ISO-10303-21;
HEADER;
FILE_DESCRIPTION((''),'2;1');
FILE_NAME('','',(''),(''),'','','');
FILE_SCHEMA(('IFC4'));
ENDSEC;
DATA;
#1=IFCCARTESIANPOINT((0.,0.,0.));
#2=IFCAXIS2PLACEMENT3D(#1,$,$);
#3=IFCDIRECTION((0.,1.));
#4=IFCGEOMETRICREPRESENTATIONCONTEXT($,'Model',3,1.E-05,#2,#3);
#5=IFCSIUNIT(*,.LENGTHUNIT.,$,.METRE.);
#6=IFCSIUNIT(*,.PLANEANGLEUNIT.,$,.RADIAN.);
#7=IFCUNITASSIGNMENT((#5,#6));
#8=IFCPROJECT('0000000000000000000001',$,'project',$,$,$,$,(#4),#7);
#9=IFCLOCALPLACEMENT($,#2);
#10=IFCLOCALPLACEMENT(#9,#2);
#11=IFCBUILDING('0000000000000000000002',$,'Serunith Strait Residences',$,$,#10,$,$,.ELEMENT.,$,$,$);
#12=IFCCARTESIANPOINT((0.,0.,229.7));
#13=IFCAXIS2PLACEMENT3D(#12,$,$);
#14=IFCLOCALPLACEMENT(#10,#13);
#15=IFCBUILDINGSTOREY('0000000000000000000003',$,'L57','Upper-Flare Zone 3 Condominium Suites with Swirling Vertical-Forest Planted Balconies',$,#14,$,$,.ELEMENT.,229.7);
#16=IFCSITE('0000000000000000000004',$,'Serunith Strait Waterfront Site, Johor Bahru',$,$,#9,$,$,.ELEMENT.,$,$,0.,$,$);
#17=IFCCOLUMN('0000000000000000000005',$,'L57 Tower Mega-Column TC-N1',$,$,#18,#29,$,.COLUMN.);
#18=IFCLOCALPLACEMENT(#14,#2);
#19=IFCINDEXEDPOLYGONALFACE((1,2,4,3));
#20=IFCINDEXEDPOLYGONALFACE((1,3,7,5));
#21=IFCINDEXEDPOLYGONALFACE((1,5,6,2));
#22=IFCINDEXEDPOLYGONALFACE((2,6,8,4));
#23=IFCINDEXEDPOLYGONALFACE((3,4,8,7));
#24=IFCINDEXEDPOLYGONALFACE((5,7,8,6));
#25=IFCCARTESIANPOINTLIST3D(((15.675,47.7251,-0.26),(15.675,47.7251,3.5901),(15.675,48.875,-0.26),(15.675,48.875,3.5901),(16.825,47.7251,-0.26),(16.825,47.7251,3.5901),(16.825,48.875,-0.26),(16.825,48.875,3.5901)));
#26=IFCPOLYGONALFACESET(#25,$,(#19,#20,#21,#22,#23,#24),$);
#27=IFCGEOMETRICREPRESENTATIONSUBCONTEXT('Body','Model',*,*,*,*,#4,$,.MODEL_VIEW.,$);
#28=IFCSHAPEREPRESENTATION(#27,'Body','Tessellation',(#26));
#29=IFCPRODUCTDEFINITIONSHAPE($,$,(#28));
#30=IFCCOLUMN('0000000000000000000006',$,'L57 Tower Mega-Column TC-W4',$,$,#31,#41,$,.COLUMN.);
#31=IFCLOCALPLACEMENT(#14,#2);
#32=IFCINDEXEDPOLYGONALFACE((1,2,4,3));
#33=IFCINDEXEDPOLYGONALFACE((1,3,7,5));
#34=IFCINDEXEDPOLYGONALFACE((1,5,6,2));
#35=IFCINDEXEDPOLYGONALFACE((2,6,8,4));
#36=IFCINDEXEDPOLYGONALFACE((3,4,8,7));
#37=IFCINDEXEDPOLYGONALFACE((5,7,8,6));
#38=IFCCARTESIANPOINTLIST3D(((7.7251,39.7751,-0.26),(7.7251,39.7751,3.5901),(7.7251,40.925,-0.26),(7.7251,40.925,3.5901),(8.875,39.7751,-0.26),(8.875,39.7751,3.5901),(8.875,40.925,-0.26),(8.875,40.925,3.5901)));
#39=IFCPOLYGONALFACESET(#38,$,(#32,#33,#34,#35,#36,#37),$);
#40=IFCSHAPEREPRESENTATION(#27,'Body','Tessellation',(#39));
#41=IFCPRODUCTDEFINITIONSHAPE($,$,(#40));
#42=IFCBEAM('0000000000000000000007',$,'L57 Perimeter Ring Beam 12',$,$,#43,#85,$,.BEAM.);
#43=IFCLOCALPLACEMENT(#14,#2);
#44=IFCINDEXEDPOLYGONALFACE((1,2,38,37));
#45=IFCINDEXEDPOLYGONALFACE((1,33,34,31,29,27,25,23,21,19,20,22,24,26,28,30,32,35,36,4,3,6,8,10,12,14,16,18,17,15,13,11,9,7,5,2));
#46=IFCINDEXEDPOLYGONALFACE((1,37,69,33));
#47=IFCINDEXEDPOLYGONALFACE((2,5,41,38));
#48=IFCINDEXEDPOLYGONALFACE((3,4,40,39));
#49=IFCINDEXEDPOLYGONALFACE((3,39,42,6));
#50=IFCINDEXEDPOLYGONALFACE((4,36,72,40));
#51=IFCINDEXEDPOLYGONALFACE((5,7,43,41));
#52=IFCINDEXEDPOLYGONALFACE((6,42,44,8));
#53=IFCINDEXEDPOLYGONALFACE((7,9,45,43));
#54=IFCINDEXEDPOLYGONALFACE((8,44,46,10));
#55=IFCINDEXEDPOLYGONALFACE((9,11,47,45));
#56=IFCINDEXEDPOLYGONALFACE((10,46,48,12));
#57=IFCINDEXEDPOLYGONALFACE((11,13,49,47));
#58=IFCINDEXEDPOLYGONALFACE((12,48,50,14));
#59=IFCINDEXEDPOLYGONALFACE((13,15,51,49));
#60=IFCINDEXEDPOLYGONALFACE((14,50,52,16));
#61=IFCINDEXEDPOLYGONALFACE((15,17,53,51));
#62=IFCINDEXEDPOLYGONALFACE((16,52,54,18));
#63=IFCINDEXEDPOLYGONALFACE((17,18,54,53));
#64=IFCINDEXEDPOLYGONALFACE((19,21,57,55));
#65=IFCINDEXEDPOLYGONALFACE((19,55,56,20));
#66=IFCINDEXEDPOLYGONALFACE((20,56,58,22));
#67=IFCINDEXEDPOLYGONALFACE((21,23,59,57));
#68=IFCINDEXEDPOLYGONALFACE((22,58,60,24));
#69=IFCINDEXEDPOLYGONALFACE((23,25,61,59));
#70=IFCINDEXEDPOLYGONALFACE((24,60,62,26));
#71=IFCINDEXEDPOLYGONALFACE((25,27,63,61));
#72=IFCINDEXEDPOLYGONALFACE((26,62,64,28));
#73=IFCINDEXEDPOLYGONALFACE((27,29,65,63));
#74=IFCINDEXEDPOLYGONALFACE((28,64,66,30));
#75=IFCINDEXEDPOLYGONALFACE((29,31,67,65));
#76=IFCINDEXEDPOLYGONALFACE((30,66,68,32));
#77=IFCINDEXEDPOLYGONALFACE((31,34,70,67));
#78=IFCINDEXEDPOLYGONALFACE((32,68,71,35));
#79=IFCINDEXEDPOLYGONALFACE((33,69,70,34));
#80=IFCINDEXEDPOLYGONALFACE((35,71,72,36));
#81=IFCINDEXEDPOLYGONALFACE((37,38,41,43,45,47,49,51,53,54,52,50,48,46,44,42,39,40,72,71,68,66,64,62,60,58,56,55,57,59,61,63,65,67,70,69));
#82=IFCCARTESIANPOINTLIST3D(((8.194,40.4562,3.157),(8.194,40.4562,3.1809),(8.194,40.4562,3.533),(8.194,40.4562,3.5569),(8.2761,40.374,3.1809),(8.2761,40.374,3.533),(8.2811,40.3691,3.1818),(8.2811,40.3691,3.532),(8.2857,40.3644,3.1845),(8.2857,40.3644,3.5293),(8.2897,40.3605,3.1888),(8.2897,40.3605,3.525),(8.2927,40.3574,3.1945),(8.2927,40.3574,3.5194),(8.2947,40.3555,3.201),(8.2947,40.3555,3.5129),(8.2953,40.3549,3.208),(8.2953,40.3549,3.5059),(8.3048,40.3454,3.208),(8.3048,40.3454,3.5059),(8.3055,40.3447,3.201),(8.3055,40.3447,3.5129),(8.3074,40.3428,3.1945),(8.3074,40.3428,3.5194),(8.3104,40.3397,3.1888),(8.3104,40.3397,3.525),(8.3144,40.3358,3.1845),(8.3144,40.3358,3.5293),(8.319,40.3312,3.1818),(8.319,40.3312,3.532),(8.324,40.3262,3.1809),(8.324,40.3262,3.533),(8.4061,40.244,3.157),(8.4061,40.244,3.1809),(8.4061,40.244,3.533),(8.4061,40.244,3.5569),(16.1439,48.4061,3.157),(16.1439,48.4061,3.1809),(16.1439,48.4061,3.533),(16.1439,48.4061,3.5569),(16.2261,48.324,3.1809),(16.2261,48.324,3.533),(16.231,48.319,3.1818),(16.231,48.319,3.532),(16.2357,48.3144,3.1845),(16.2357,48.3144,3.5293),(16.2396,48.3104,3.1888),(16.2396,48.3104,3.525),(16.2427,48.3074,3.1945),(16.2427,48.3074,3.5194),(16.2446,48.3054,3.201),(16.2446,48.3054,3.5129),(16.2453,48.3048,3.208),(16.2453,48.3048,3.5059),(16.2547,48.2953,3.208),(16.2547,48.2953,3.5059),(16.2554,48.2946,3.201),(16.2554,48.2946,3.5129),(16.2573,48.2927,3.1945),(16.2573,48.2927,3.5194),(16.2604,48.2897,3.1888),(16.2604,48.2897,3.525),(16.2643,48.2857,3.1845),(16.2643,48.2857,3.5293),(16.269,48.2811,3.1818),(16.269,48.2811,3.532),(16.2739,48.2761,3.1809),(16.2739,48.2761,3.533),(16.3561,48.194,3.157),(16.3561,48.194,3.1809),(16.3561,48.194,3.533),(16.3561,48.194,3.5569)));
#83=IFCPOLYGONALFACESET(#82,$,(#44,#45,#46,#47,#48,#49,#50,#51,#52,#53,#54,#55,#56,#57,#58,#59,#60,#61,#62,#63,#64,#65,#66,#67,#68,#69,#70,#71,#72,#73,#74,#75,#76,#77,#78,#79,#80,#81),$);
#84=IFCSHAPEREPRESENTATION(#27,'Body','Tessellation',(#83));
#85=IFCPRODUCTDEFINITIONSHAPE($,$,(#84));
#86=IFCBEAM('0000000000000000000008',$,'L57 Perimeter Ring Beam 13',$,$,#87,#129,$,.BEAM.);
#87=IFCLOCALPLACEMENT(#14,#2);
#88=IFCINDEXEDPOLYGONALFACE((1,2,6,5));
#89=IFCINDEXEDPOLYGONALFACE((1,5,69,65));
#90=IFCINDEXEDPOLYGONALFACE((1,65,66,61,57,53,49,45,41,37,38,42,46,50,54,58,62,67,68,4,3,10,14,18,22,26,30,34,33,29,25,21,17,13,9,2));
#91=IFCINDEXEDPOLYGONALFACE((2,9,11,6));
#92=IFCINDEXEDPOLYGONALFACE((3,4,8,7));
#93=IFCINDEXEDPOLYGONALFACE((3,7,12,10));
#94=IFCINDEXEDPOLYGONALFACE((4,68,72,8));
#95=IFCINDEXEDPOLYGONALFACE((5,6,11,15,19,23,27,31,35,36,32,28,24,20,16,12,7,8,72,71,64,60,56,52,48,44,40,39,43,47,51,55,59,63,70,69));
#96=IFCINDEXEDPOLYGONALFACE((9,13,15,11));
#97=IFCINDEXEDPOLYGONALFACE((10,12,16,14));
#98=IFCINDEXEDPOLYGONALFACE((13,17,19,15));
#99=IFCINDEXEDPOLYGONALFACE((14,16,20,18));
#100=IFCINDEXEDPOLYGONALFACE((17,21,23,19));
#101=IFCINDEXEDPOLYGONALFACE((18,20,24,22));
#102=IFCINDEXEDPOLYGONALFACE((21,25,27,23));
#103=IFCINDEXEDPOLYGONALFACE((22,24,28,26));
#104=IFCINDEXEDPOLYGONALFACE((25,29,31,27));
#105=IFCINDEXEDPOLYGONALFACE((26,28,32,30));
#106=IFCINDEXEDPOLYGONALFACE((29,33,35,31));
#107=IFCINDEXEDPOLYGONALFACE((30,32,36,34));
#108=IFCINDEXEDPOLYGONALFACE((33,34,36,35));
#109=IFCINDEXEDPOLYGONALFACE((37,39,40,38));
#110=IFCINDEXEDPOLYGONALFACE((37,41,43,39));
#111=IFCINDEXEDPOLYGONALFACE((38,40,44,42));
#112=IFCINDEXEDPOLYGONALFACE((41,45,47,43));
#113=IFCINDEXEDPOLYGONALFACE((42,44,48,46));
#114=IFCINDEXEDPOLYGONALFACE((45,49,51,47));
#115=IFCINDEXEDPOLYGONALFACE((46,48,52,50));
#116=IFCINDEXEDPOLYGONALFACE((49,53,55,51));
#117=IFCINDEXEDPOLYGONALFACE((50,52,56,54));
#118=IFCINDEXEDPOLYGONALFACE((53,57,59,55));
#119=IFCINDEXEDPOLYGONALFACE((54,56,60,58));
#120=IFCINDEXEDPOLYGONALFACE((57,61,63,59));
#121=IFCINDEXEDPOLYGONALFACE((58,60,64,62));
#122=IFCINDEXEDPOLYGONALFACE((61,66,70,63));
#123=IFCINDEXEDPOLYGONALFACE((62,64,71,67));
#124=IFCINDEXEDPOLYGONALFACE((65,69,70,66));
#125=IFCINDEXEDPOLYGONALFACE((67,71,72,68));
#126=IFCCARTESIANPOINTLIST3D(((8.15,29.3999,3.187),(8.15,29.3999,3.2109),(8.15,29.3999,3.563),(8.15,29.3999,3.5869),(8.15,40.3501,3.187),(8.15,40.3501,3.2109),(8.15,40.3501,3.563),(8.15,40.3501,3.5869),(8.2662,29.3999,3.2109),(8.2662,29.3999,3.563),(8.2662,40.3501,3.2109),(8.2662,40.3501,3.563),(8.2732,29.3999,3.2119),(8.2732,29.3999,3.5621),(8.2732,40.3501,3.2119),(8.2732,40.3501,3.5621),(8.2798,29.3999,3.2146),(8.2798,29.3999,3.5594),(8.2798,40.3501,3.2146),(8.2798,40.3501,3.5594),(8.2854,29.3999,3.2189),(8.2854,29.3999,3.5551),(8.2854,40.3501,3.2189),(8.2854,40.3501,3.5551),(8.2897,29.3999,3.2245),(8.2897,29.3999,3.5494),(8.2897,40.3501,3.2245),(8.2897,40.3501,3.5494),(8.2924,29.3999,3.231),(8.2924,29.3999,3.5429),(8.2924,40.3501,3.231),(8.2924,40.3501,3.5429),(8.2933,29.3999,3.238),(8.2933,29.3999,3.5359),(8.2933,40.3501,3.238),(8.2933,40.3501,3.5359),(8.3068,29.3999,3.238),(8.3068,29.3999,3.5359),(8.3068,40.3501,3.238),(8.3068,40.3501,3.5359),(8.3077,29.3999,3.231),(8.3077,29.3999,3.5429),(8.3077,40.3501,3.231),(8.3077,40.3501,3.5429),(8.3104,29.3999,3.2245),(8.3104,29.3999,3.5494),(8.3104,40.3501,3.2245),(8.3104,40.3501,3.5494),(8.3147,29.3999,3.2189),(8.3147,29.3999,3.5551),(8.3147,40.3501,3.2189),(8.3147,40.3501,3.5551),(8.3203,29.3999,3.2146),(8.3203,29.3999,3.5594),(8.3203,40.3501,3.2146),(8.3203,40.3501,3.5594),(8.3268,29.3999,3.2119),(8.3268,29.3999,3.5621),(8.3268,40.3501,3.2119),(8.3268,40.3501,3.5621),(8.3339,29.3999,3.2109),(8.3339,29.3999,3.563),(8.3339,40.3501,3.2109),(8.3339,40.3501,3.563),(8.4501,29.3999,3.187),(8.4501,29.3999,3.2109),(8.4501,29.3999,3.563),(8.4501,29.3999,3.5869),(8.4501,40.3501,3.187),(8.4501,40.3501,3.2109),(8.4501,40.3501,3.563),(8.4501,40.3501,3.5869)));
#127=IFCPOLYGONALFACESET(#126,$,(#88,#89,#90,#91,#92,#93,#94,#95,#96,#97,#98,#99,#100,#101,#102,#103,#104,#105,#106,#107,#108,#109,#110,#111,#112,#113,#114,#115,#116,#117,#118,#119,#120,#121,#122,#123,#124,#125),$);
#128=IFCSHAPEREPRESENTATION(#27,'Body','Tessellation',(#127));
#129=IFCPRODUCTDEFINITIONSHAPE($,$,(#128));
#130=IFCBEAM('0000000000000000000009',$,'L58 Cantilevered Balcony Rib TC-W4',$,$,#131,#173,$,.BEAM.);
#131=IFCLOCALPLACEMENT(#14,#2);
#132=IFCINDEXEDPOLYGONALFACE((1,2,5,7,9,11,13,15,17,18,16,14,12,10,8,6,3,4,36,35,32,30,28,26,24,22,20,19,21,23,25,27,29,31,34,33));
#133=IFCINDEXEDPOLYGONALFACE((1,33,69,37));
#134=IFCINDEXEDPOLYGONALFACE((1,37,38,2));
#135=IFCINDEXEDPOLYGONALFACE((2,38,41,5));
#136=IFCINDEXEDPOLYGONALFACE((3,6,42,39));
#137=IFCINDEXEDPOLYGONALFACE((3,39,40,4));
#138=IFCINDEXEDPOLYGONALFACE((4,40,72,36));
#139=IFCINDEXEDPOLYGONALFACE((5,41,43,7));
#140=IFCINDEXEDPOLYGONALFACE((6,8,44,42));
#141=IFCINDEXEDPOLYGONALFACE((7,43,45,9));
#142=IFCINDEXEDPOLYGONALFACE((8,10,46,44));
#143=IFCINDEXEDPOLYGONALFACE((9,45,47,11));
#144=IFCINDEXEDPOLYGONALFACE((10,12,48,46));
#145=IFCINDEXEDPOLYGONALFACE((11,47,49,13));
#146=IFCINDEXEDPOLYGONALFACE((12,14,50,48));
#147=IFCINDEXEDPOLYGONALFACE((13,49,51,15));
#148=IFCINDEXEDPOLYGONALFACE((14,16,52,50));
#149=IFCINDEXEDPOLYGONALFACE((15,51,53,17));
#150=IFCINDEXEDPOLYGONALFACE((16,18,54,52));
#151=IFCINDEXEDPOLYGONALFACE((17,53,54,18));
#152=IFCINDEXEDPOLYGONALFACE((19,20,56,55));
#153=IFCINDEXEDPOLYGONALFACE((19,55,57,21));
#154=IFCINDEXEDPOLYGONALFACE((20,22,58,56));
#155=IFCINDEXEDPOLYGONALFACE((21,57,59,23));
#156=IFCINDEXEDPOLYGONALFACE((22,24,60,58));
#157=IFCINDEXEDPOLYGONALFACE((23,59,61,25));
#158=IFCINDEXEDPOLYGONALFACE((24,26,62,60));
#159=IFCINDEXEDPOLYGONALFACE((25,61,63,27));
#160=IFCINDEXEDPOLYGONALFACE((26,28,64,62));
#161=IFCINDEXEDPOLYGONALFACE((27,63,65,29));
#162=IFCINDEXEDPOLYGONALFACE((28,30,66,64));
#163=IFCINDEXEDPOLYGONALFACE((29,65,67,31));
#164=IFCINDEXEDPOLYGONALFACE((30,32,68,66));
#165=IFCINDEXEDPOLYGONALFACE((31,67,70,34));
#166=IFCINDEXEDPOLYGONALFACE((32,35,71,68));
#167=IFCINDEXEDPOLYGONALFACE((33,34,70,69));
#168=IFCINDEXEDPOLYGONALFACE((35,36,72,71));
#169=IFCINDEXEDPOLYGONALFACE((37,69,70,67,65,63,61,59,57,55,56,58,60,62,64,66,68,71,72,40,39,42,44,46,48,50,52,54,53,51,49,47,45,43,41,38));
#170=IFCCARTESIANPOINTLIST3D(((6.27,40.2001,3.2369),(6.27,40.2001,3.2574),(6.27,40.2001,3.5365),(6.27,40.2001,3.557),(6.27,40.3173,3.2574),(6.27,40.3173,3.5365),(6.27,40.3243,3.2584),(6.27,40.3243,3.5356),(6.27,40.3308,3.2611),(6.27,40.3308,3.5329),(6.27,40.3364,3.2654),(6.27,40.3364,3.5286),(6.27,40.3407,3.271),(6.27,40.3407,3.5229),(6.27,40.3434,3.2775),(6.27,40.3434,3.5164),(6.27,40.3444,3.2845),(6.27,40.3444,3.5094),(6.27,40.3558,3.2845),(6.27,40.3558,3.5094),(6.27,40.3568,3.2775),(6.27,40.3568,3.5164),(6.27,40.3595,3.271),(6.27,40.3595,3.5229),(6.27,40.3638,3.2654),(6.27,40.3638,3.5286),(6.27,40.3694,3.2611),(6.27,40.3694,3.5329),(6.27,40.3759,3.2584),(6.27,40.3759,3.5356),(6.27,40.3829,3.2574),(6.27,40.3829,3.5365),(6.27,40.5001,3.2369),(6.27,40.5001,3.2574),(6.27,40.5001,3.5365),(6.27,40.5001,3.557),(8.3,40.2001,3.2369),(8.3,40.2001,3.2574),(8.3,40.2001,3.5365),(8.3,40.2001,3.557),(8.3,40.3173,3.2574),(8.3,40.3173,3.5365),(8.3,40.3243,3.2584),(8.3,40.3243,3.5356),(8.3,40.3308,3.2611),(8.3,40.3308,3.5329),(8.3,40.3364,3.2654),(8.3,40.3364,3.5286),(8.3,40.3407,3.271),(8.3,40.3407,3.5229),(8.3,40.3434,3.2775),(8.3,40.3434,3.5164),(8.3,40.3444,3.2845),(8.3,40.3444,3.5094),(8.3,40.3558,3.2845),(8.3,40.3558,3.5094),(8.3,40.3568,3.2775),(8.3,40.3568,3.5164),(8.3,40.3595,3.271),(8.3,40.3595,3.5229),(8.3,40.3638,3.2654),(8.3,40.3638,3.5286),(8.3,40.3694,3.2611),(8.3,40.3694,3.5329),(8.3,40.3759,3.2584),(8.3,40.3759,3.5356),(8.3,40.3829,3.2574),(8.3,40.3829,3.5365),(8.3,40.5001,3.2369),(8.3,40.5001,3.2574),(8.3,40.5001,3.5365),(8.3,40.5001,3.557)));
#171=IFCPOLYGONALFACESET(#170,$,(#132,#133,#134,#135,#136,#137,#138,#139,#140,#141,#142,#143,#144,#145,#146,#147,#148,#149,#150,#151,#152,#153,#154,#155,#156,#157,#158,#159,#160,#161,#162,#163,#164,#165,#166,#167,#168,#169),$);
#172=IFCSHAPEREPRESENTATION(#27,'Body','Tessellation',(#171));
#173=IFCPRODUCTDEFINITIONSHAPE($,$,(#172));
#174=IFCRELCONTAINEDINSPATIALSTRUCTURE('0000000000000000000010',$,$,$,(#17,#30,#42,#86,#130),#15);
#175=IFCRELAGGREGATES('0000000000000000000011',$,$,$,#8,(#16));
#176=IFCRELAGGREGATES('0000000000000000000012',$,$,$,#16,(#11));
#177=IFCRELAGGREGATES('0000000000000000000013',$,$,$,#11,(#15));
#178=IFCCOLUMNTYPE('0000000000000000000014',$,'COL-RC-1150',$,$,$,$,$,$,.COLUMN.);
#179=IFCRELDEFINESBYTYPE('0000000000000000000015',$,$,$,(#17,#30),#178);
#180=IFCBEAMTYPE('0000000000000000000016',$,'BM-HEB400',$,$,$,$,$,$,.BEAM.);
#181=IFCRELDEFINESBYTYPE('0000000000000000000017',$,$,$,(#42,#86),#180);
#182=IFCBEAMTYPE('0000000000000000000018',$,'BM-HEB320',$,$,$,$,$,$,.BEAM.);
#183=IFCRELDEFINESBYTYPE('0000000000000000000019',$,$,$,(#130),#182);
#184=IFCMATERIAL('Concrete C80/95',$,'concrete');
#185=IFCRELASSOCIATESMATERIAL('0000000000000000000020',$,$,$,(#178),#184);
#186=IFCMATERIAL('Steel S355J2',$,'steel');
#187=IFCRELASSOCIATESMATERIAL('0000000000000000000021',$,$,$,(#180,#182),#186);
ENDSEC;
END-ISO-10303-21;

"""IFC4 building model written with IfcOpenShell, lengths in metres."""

from ifc_helpers import new_model, si_unit, direction, frame, origin, origin_2d, place, context, subcontext, project, spatial, rectangle, i_section, extrude, source, transform, mapped, material, material_profile, profile_set, type_object, element, save


model = new_model("IFC4")

# Units and contexts
model_context = context("Model", 3, precision=1e-05, world=origin(), true_north=direction((0.0, 1.0)))
body_context = subcontext(model_context, "Body", "Model", "MODEL_VIEW")
ifc_project = project(units=[si_unit("LENGTHUNIT", "METRE"), si_unit("PLANEANGLEUNIT", "RADIAN")], contexts=[model_context])

# Site, building, storey
site_placement = place(None, origin())
site = spatial("IfcSite", under=ifc_project, at=site_placement, Name="Serunith Strait Waterfront Site, Johor Bahru", CompositionType="ELEMENT", RefElevation=0.0)
building_placement = place(site_placement, origin())
building = spatial("IfcBuilding", under=site, at=building_placement, Name="Serunith Strait Residences", CompositionType="ELEMENT")
storey_placement = place(building_placement, frame((0.0, 0.0, 229.7)))
storey = spatial("IfcBuildingStorey", under=building, at=storey_placement, Name="L57", Description="Upper-Flare Zone 3 Condominium Suites with Swirling Vertical-Forest Planted Balconies", CompositionType="ELEMENT", Elevation=229.7)

# Columns
ifc_material_1 = material(Name="Concrete C80/95", Category="concrete")
ifc_material_profile_1 = material_profile(ifc_material_1, rectangle(XDim=1.1499, YDim=1.1499, at=origin_2d()), Name="RC 1150x1150")
ifc_profile_set_1 = profile_set([ifc_material_profile_1], Name="Concrete C80/95")
column_type = type_object("IfcColumnType", Name="COL-RC-1150", PredefinedType="COLUMN", material=ifc_profile_set_1)
shared_shape_1 = source(origin(), body_context, "Body", "SweptSolid", [
    extrude(rectangle(XDim=1.1499, YDim=1.1499, at=origin_2d()), origin(), (0.0, 0.0, 1.0), 3.8501),
])
for number, where, z_axis, x_axis, name in (
    (1, (16.25, 48.3, -0.26), (0.0, 0.0, 1.0), (1.0, 0.0, 0.0), "L57 Tower Mega-Column TC-N1"),
    (2, (8.3, 40.3501, -0.26), (0.0, 0.0, 1.0), (1.0, 0.0, 0.0), "L57 Tower Mega-Column TC-W4"),
):
    element("IfcColumn", number, at=place(storey_placement, frame(where, z_axis=z_axis, x_axis=x_axis)), inside=storey, type_object=column_type, Name=name, PredefinedType="COLUMN", context=body_context, shape_type="MappedRepresentation", body=[
        mapped(shared_shape_1, transform((0.0, 0.0, 0.0), scale=1.0)),
    ])

# Beams
ifc_material_2 = material(Name="Steel S355J2", Category="steel")
ifc_material_profile_2 = material_profile(ifc_material_2, i_section(OverallWidth=0.3, OverallDepth=0.3999, WebThickness=0.0134, FlangeThickness=0.0239, FilletRadius=0.0271, at=origin_2d()), Name="HEB 400")
ifc_profile_set_2 = profile_set([ifc_material_profile_2], Name="Steel S355J2")
beam_type_1 = type_object("IfcBeamType", Name="BM-HEB400", PredefinedType="BEAM", material=ifc_profile_set_2)
shared_shape_2 = source(origin(), body_context, "Body", "SweptSolid", [
    extrude(i_section(OverallWidth=0.3, OverallDepth=0.3999, WebThickness=0.0134, FlangeThickness=0.0239, FilletRadius=0.0271, at=origin_2d()), origin(), (0.0, 0.0, 1.0), 11.2429),
])
beam_1_placement = place(storey_placement, frame((16.25, 48.3, 3.3569), z_axis=(-0.707107, -0.707107, 0.0), x_axis=(0.707107, -0.707107, 0.0)))
element("IfcBeam", 3, at=beam_1_placement, inside=storey, type_object=beam_type_1, Name="L57 Perimeter Ring Beam 12", PredefinedType="BEAM", context=body_context, shape_type="MappedRepresentation", body=[
    mapped(shared_shape_2, transform((0.0, 0.0, 0.0), scale=1.0)),
])
shared_shape_3 = source(origin(), body_context, "Body", "SweptSolid", [
    extrude(i_section(OverallWidth=0.3, OverallDepth=0.3999, WebThickness=0.0134, FlangeThickness=0.0239, FilletRadius=0.0271, at=origin_2d()), origin(), (0.0, 0.0, 1.0), 10.9502),
])
beam_2_placement = place(storey_placement, frame((8.3, 40.3501, 3.387), z_axis=(0.0, -1.0, 0.0), x_axis=(1.0, 0.0, 0.0)))
element("IfcBeam", 4, at=beam_2_placement, inside=storey, type_object=beam_type_1, Name="L57 Perimeter Ring Beam 13", PredefinedType="BEAM", context=body_context, shape_type="MappedRepresentation", body=[
    mapped(shared_shape_3, transform((0.0, 0.0, 0.0), scale=1.0)),
])
ifc_material_profile_3 = material_profile(ifc_material_2, i_section(OverallWidth=0.3, OverallDepth=0.3201, WebThickness=0.0115, FlangeThickness=0.0205, FilletRadius=0.0271, at=origin_2d()), Name="HEB 320")
ifc_profile_set_3 = profile_set([ifc_material_profile_3], Name="Steel S355J2")
beam_type_2 = type_object("IfcBeamType", Name="BM-HEB320", PredefinedType="BEAM", material=ifc_profile_set_3)
shared_shape_4 = source(origin(), body_context, "Body", "SweptSolid", [
    extrude(i_section(OverallWidth=0.3, OverallDepth=0.3201, WebThickness=0.0115, FlangeThickness=0.0205, FilletRadius=0.0271, at=origin_2d()), origin(), (0.0, 0.0, 1.0), 2.03),
])
beam_3_placement = place(storey_placement, frame((8.3, 40.3501, 3.397), z_axis=(-1.0, 0.0, 0.0), x_axis=(0.0, -1.0, 0.0)))
element("IfcBeam", 5, at=beam_3_placement, inside=storey, type_object=beam_type_2, Name="L58 Cantilevered Balcony Rib TC-W4", PredefinedType="BEAM", context=body_context, shape_type="MappedRepresentation", body=[
    mapped(shared_shape_4, transform((0.0, 0.0, 0.0), scale=1.0)),
])

save(model, "model.ifc")
